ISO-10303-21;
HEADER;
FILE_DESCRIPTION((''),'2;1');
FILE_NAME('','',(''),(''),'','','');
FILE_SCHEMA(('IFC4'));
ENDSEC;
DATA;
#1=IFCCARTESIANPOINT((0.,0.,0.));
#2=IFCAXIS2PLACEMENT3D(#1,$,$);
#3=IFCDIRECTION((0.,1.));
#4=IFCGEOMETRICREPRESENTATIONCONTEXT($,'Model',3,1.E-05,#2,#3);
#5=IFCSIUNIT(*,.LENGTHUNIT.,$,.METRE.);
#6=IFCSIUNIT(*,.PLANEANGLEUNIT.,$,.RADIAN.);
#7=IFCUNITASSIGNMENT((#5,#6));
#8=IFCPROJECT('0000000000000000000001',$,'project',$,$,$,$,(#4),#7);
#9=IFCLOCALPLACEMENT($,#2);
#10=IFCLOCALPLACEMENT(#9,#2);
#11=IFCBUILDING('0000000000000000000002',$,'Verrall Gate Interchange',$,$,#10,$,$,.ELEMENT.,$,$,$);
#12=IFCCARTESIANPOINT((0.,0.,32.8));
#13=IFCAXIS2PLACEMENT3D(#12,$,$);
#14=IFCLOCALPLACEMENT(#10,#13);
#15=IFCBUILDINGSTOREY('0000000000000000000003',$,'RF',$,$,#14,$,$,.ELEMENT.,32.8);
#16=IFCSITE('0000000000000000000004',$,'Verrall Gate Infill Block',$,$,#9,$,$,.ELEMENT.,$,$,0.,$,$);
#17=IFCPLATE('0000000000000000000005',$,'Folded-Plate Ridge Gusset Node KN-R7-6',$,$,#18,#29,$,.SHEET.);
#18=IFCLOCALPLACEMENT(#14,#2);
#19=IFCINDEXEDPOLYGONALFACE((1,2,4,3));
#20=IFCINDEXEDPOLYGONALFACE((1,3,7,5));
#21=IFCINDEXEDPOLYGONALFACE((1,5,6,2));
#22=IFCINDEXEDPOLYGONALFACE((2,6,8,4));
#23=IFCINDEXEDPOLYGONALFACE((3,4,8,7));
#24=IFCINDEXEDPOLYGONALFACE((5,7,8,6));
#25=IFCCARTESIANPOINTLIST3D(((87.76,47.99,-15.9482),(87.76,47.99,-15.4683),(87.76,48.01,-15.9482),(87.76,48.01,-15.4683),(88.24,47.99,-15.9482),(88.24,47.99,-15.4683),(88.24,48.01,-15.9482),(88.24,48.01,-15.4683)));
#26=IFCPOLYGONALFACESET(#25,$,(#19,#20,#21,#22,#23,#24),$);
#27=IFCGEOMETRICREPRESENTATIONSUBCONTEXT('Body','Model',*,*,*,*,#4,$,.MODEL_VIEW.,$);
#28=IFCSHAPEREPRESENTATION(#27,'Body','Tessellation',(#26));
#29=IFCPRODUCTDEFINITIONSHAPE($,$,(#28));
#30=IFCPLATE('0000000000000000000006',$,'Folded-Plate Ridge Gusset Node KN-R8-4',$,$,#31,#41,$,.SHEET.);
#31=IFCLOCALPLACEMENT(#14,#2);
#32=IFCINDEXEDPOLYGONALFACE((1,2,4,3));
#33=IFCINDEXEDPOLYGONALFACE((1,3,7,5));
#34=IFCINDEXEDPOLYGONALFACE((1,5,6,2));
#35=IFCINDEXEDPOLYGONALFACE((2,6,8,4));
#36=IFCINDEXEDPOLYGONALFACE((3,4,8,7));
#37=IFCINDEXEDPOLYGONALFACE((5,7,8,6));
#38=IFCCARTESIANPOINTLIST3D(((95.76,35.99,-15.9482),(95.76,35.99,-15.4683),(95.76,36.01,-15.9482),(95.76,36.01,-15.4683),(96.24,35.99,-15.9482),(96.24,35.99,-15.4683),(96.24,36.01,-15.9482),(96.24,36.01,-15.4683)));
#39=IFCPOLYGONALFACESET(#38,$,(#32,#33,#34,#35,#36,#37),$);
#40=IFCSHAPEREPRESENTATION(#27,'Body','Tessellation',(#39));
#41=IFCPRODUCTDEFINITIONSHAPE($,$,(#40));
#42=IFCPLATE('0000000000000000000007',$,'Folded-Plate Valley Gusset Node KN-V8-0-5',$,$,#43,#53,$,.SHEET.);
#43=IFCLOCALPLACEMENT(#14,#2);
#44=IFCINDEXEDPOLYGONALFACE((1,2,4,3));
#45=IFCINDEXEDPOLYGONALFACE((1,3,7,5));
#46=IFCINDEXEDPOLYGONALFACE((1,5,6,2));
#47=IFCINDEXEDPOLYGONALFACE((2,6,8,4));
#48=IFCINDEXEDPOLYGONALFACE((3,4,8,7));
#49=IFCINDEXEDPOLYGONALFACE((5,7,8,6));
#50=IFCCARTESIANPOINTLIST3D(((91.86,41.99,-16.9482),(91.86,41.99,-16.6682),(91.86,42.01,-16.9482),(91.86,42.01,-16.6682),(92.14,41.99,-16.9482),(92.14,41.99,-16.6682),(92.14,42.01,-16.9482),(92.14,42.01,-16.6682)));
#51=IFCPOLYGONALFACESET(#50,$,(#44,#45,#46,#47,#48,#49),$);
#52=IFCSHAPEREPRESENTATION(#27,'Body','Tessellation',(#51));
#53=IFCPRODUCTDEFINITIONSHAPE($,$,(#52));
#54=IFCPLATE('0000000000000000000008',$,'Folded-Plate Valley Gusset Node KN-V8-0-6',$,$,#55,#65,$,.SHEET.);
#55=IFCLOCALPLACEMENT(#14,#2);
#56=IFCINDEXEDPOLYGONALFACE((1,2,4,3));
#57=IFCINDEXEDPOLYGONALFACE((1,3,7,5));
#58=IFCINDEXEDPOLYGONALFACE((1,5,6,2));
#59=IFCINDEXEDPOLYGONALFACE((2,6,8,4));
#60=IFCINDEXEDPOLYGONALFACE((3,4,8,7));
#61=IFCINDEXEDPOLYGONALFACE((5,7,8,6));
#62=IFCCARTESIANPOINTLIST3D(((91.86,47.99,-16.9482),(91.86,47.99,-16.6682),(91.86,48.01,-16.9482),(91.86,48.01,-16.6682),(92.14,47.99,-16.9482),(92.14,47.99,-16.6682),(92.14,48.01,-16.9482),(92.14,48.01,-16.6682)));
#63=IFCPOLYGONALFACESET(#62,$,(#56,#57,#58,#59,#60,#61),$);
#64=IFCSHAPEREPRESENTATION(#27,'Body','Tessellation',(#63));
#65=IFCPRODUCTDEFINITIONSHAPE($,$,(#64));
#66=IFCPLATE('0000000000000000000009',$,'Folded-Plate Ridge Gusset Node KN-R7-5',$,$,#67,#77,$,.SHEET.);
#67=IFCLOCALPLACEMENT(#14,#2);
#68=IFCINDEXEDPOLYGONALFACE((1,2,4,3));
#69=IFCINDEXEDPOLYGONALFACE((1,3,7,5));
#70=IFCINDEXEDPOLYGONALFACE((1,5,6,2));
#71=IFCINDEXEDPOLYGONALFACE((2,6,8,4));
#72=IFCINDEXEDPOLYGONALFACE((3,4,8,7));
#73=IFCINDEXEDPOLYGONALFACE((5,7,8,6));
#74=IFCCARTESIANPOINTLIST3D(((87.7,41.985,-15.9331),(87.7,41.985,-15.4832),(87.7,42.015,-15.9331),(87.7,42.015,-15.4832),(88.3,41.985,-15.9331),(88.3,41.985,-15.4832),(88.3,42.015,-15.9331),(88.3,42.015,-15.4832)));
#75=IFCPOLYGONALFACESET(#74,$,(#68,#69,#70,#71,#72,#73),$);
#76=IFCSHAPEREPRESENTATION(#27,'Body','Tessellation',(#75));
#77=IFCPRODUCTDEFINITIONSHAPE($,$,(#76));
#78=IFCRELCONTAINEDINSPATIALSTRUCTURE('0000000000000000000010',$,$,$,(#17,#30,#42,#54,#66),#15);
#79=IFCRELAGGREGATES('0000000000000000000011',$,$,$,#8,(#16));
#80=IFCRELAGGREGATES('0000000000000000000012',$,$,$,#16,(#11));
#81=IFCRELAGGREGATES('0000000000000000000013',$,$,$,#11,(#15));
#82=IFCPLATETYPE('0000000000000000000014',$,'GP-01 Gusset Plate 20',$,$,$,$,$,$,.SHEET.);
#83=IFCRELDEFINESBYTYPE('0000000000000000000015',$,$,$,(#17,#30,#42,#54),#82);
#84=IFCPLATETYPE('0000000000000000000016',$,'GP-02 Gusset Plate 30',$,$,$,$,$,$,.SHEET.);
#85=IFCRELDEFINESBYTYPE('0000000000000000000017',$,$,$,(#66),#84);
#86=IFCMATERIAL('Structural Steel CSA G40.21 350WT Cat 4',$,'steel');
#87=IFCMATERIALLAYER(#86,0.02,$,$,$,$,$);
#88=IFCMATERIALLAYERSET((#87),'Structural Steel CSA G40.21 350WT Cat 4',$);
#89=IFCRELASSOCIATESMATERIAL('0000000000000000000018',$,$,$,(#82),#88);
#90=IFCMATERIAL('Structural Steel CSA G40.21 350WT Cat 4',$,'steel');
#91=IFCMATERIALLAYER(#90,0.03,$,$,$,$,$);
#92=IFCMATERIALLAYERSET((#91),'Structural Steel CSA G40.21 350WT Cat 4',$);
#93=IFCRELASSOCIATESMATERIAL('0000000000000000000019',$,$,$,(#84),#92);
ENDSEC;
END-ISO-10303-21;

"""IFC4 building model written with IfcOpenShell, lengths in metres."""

from ifc_helpers import new_model, si_unit, direction, frame, origin, origin_2d, place, context, subcontext, project, spatial, rectangle, extrude, material, layer, layer_set, type_object, element, save


model = new_model("IFC4")

# Units and contexts
model_context = context("Model", 3, precision=1e-05, world=origin(), true_north=direction((0.0, 1.0)))
body_context = subcontext(model_context, "Body", "Model", "MODEL_VIEW")
ifc_project = project(units=[si_unit("LENGTHUNIT", "METRE"), si_unit("PLANEANGLEUNIT", "RADIAN")], contexts=[model_context])

# Site, building, storey
site_placement = place(None, origin())
site = spatial("IfcSite", under=ifc_project, at=site_placement, Name="Verrall Gate Infill Block", CompositionType="ELEMENT", RefElevation=0.0)
building_placement = place(site_placement, origin())
building = spatial("IfcBuilding", under=site, at=building_placement, Name="Verrall Gate Interchange", CompositionType="ELEMENT")
storey_placement = place(building_placement, frame((0.0, 0.0, 32.8)))
storey = spatial("IfcBuildingStorey", under=building, at=storey_placement, Name="RF", CompositionType="ELEMENT", Elevation=32.8)

# Plates
ifc_material_1 = material(Name="Structural Steel CSA G40.21 350WT Cat 4", Category="steel")
ifc_layer_1 = layer(ifc_material_1, 0.02)
ifc_layer_set_1 = layer_set([ifc_layer_1], Name="Structural Steel CSA G40.21 350WT Cat 4")
plate_type_1 = type_object("IfcPlateType", Name="GP-01 Gusset Plate 20", PredefinedType="SHEET", material=ifc_layer_set_1)
for number, where, z_axis, x_axis, name in (
    (1, (88.0, 48.0, -15.9482), (0.0, 0.0, 1.0), (1.0, 0.0, 0.0), "Folded-Plate Ridge Gusset Node KN-R7-6"),
    (2, (96.0, 36.0, -15.9482), (0.0, 0.0, 1.0), (1.0, 0.0, 0.0), "Folded-Plate Ridge Gusset Node KN-R8-4"),
):
    element("IfcPlate", number, at=place(storey_placement, frame(where, z_axis=z_axis, x_axis=x_axis)), inside=storey, type_object=plate_type_1, Name=name, PredefinedType="SHEET", context=body_context, shape_type="SweptSolid", body=[
        extrude(rectangle(XDim=0.48, YDim=0.02, at=origin_2d()), origin(), (0.0, 0.0, 1.0), 0.48),
    ])
for number, where, z_axis, x_axis, name in (
    (3, (92.0, 42.0, -16.9482), (0.0, 0.0, 1.0), (1.0, 0.0, 0.0), "Folded-Plate Valley Gusset Node KN-V8-0-5"),
    (4, (92.0, 48.0, -16.9482), (0.0, 0.0, 1.0), (1.0, 0.0, 0.0), "Folded-Plate Valley Gusset Node KN-V8-0-6"),
):
    element("IfcPlate", number, at=place(storey_placement, frame(where, z_axis=z_axis, x_axis=x_axis)), inside=storey, type_object=plate_type_1, Name=name, PredefinedType="SHEET", context=body_context, shape_type="SweptSolid", body=[
        extrude(rectangle(XDim=0.28, YDim=0.02, at=origin_2d()), origin(), (0.0, 0.0, 1.0), 0.28),
    ])
ifc_material_2 = material(Name="Structural Steel CSA G40.21 350WT Cat 4", Category="steel")
ifc_layer_2 = layer(ifc_material_2, 0.03)
ifc_layer_set_2 = layer_set([ifc_layer_2], Name="Structural Steel CSA G40.21 350WT Cat 4")
plate_type_2 = type_object("IfcPlateType", Name="GP-02 Gusset Plate 30", PredefinedType="SHEET", material=ifc_layer_set_2)
plate_placement = place(storey_placement, frame((88.0, 42.0, -15.9331), z_axis=(0.0, 0.0, 1.0), x_axis=(1.0, 0.0, 0.0)))
element("IfcPlate", 5, at=plate_placement, inside=storey, type_object=plate_type_2, Name="Folded-Plate Ridge Gusset Node KN-R7-5", PredefinedType="SHEET", context=body_context, shape_type="SweptSolid", body=[
    extrude(rectangle(XDim=0.6001, YDim=0.03, at=origin_2d()), origin(), (0.0, 0.0, 1.0), 0.45),
])

save(model, "model.ifc")
